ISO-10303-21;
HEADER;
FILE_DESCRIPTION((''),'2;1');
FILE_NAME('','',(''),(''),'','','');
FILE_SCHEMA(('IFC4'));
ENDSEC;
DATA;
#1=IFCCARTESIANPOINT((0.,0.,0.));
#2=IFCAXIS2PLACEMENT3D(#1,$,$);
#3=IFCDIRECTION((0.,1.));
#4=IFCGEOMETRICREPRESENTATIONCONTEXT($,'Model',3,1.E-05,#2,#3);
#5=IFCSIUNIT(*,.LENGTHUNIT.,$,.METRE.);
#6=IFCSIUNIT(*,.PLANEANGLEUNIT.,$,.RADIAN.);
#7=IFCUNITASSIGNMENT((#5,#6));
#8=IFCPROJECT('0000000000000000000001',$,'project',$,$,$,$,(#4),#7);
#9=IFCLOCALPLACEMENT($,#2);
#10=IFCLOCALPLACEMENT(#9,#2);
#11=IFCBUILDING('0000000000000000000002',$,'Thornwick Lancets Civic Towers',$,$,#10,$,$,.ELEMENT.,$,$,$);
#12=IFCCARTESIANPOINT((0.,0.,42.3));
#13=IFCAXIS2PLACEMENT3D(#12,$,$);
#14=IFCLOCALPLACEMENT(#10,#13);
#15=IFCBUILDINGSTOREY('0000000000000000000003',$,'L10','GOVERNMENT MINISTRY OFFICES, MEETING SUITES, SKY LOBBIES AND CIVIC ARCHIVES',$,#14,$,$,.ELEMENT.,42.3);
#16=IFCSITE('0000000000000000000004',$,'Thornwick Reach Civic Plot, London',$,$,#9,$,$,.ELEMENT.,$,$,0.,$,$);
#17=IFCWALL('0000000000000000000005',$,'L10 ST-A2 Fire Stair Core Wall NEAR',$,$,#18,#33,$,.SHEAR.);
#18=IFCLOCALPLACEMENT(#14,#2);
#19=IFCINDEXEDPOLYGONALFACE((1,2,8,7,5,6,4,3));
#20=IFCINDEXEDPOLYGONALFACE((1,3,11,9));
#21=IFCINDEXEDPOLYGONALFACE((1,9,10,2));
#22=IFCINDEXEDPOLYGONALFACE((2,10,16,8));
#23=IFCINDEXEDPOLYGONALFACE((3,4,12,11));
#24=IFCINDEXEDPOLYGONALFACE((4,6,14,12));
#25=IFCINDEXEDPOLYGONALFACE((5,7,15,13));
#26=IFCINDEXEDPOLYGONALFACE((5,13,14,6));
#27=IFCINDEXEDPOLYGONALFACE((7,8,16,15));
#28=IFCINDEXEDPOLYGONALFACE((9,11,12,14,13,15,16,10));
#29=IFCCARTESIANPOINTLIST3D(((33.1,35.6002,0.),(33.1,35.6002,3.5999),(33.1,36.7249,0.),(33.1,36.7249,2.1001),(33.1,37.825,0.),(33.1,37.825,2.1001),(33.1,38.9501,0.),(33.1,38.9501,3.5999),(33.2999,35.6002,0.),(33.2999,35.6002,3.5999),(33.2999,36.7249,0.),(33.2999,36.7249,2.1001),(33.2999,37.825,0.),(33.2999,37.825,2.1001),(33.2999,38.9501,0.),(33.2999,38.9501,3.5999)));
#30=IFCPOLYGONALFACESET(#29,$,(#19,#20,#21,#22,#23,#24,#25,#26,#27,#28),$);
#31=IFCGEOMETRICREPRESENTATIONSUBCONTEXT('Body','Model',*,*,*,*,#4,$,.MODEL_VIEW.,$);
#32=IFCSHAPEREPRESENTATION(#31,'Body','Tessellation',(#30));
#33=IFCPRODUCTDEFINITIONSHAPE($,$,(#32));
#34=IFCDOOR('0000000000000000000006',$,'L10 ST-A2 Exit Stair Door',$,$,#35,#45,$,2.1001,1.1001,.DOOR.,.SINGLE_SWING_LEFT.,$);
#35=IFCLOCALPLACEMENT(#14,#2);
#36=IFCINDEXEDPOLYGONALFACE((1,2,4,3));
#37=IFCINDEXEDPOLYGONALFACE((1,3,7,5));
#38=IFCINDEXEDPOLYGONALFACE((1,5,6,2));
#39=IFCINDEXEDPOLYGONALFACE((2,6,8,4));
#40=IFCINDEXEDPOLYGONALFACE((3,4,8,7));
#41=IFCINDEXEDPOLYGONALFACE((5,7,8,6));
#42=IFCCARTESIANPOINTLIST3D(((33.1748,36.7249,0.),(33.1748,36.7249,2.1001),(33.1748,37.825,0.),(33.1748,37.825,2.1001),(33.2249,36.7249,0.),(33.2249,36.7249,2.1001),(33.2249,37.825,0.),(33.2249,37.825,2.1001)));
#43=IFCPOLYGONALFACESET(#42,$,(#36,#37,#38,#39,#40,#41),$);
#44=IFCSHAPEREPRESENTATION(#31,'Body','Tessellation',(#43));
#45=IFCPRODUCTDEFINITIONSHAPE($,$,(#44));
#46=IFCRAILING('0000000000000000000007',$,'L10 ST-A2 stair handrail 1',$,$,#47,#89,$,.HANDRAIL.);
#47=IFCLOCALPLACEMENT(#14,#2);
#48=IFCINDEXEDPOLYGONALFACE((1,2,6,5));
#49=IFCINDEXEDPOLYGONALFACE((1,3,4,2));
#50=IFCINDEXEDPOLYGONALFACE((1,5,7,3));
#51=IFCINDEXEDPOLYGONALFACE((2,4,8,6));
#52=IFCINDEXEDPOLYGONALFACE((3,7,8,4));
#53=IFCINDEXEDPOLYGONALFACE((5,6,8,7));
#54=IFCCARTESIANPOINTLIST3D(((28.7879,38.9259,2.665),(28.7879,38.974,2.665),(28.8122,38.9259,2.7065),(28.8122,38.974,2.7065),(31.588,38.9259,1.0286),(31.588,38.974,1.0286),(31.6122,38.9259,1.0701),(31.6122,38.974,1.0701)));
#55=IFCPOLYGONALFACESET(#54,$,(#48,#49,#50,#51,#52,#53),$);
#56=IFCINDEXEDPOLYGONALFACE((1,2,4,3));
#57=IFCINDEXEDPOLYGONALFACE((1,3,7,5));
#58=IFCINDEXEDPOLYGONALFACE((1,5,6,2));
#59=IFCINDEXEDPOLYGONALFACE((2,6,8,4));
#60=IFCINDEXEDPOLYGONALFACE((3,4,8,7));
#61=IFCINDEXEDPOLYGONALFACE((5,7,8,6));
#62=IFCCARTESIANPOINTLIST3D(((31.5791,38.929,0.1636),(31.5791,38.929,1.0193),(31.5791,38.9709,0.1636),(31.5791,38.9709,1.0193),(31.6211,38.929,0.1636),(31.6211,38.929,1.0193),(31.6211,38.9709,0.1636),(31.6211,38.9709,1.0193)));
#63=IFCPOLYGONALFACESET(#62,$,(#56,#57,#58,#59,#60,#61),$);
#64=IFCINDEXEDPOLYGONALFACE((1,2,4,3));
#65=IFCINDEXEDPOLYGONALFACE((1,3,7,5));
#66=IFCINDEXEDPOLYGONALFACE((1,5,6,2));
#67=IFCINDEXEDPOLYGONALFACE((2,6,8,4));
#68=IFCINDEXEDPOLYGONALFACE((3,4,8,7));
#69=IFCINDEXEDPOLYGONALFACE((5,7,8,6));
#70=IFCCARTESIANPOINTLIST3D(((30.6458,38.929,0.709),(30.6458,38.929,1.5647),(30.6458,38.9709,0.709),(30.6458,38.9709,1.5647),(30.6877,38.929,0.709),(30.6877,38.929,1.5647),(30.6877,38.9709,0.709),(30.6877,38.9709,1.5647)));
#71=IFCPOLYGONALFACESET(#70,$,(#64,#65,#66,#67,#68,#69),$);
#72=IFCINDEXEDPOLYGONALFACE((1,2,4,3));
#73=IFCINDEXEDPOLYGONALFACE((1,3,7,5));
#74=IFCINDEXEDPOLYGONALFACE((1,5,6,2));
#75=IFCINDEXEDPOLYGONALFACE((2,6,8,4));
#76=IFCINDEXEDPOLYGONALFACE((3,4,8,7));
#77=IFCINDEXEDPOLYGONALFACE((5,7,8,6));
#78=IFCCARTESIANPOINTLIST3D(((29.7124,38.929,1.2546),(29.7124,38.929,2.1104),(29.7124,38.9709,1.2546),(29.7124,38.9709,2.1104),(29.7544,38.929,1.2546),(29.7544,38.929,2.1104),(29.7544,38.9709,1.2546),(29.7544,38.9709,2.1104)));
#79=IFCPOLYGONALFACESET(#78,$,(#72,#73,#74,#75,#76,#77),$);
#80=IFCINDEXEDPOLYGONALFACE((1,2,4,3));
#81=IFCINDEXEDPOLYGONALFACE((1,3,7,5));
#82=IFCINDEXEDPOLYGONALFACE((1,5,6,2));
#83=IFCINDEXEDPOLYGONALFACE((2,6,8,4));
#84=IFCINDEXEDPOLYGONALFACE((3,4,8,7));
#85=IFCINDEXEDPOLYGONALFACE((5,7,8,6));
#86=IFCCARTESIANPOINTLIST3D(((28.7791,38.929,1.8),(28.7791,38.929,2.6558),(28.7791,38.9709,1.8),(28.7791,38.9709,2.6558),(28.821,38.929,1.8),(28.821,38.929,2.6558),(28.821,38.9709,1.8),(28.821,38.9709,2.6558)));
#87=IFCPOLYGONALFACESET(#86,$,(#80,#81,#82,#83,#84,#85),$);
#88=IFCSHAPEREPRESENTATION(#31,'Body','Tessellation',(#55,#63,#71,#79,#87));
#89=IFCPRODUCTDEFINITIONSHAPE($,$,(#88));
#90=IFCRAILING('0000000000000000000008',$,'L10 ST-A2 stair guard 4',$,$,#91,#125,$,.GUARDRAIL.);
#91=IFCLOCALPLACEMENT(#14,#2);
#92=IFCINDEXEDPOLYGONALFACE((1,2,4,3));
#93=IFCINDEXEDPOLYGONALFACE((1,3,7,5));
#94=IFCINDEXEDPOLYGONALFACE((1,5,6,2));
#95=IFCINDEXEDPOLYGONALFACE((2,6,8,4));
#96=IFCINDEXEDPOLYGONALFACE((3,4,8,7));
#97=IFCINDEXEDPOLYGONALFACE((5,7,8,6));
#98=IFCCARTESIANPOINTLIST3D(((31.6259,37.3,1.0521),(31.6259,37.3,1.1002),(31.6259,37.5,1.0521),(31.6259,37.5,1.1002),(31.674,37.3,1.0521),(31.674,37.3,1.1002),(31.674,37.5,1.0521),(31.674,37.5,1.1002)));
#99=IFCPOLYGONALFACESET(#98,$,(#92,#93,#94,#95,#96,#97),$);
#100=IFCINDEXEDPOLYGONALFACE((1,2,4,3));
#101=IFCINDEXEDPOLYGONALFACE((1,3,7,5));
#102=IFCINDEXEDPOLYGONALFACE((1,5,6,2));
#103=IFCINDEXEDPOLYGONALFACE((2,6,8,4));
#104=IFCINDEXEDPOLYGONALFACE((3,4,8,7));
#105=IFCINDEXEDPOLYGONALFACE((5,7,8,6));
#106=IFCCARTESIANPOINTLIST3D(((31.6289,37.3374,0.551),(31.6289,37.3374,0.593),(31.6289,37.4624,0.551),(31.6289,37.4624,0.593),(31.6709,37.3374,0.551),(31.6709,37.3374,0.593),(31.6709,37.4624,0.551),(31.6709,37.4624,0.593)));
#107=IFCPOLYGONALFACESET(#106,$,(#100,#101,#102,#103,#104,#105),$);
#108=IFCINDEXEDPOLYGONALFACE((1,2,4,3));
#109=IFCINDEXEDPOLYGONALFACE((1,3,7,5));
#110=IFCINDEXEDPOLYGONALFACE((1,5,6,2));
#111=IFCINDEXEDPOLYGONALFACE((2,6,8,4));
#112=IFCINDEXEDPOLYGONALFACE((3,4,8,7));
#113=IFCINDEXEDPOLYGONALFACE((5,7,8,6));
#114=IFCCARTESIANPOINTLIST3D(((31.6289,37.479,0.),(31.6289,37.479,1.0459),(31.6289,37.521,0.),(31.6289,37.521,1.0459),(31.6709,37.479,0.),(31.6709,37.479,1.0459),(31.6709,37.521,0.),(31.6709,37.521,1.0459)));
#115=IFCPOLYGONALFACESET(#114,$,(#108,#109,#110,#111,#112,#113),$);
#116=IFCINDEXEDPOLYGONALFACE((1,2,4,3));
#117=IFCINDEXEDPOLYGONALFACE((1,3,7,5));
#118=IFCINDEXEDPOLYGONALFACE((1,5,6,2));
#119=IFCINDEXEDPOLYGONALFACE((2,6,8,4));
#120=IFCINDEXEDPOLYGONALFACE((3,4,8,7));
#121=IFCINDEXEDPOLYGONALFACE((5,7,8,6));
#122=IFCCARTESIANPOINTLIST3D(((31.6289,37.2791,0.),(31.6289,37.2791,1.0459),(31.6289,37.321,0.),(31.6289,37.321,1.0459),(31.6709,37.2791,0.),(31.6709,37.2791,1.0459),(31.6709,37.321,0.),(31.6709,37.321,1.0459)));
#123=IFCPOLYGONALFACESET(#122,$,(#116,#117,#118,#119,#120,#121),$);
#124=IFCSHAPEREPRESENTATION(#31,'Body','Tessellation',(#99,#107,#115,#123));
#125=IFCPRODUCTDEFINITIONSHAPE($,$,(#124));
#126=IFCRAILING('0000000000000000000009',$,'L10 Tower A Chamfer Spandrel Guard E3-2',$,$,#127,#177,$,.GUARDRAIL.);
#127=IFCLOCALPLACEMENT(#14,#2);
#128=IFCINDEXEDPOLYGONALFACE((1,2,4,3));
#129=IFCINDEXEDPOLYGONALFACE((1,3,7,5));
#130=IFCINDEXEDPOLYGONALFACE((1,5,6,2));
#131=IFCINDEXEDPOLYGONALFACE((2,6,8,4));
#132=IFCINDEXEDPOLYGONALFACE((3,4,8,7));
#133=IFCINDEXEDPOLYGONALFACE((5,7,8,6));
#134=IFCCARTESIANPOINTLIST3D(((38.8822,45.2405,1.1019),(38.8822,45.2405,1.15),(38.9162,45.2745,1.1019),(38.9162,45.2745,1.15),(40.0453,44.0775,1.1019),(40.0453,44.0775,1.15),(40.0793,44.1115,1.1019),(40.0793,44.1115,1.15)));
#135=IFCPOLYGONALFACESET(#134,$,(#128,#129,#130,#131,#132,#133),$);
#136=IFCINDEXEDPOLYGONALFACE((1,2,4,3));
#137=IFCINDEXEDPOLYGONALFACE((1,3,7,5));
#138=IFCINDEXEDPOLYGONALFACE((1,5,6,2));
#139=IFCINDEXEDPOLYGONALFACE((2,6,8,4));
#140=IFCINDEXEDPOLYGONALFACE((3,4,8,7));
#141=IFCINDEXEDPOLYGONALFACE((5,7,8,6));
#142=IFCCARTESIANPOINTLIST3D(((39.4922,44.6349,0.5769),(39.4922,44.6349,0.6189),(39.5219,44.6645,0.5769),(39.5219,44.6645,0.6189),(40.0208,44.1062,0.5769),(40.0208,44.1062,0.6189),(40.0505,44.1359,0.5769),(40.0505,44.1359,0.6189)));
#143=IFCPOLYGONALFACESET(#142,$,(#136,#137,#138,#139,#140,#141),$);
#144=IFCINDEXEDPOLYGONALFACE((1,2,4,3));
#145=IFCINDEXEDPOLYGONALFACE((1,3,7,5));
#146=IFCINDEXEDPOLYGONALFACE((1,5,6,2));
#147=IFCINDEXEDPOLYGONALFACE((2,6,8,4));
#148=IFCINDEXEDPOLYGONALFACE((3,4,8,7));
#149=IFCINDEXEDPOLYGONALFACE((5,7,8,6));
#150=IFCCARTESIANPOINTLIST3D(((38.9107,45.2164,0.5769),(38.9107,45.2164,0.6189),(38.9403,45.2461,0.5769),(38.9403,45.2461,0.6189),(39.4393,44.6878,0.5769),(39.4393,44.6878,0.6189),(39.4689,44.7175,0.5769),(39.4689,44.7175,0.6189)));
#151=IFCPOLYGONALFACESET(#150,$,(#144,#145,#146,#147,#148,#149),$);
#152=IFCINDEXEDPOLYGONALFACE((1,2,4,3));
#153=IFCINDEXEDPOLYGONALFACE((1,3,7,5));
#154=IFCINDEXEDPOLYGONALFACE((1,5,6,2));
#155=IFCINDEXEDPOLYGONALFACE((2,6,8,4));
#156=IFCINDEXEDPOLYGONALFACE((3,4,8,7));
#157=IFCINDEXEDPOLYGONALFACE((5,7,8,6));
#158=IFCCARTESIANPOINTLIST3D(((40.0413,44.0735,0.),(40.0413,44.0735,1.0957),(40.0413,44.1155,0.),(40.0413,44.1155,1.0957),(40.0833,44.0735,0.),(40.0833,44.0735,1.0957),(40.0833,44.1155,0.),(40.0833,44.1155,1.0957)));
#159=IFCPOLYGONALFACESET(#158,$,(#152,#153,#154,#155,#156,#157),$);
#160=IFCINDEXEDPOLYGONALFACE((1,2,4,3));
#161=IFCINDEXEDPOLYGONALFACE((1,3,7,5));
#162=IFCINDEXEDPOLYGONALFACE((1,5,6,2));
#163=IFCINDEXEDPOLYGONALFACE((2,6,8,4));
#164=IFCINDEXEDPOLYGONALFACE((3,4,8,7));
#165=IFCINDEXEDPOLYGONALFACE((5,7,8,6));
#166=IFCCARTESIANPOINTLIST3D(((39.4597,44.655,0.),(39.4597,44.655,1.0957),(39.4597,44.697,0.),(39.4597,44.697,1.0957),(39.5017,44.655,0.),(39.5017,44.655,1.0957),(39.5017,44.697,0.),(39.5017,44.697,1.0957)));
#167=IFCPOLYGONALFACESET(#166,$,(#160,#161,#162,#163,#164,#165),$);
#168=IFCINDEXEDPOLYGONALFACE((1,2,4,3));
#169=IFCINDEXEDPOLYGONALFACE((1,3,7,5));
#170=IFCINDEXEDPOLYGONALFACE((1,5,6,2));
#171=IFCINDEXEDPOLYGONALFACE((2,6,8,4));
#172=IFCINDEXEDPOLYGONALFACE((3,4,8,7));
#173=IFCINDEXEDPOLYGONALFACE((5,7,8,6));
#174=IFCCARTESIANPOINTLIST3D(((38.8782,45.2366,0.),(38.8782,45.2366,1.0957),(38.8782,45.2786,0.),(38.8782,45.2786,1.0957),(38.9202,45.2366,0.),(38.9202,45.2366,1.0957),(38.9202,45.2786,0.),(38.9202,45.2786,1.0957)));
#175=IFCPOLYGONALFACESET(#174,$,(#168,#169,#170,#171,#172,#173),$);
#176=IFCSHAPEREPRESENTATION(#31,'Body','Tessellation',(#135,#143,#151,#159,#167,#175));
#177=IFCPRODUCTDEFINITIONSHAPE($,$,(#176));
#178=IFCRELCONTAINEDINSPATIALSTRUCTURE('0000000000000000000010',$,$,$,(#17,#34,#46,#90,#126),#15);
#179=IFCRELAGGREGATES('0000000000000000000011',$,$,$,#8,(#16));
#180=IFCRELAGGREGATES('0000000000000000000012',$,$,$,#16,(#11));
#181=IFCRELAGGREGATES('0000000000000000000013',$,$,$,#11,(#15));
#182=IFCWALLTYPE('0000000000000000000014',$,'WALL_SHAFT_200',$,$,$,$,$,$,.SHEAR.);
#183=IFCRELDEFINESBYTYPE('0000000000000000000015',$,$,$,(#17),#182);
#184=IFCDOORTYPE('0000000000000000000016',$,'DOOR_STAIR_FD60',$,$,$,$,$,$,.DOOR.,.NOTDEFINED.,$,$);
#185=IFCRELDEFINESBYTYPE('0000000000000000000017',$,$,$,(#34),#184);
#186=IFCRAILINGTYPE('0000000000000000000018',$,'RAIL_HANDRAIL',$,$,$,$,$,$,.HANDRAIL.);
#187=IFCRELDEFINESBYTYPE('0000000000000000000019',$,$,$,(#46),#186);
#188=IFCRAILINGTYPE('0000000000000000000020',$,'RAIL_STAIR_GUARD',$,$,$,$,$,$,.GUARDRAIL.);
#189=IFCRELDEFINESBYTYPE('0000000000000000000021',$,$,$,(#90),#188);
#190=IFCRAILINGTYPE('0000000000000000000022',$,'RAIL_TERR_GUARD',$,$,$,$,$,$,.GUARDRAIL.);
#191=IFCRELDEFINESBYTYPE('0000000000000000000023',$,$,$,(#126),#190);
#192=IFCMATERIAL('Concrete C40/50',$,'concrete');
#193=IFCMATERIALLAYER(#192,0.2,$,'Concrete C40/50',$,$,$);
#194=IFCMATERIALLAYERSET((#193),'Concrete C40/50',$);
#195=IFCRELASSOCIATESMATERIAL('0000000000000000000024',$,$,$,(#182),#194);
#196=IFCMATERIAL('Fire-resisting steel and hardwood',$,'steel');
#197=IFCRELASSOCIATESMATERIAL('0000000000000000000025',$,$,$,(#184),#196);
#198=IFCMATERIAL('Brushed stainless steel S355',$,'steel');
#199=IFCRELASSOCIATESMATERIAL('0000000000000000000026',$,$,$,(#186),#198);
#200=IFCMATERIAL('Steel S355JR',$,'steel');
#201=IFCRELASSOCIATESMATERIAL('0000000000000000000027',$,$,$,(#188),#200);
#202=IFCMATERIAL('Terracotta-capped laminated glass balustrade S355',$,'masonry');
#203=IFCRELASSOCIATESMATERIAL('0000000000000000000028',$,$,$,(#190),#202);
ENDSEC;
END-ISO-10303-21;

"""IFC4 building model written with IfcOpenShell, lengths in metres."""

from ifc_helpers import new_model, si_unit, direction, frame, frame_2d, origin, origin_2d, place, context, subcontext, project, spatial, rectangle, extrude, material, layer, layer_set, type_object, element, fill, save


model = new_model("IFC4")

# Units and contexts
model_context = context("Model", 3, precision=1e-05, world=origin(), true_north=direction((0.0, 1.0)))
body_context = subcontext(model_context, "Body", "Model", "MODEL_VIEW")
ifc_project = project(units=[si_unit("LENGTHUNIT", "METRE"), si_unit("PLANEANGLEUNIT", "RADIAN")], contexts=[model_context])

# Site, building, storey
site_placement = place(None, origin())
site = spatial("IfcSite", under=ifc_project, at=site_placement, Name="Thornwick Reach Civic Plot, London", CompositionType="ELEMENT", RefElevation=0.0)
building_placement = place(site_placement, origin())
building = spatial("IfcBuilding", under=site, at=building_placement, Name="Thornwick Lancets Civic Towers", CompositionType="ELEMENT")
storey_placement = place(building_placement, frame((0.0, 0.0, 42.3)))
storey = spatial("IfcBuildingStorey", under=building, at=storey_placement, Name="L10", Description="GOVERNMENT MINISTRY OFFICES, MEETING SUITES, SKY LOBBIES AND CIVIC ARCHIVES", CompositionType="ELEMENT", Elevation=42.3)

# Shared definitions
ifc_material_1 = material(Name="Steel S355JR", Category="steel")

# Wall, opening, door
ifc_material_2 = material(Name="Concrete C40/50", Category="concrete")
ifc_layer_1 = layer(ifc_material_2, 0.2, Name="Concrete C40/50")
ifc_layer_set_1 = layer_set([ifc_layer_1], Name="Concrete C40/50")
wall_type_1 = type_object("IfcWallType", Name="WALL_SHAFT_200", PredefinedType="SHEAR", material=ifc_layer_set_1)
wall_1_placement = place(storey_placement, frame((33.2, 38.95, 0.0), z_axis=(0.0, 0.0, 1.0), x_axis=(0.0, -1.0, 0.0)))
wall_1 = element("IfcWall", 1, at=wall_1_placement, inside=storey, type_object=wall_type_1, Name="L10 ST-A2 Fire Stair Core Wall NEAR", PredefinedType="SHEAR", context=body_context, shape_type="SweptSolid", body=[
    extrude(rectangle(XDim=3.3499, YDim=0.2, at=frame_2d((1.6748, 0.0))), origin(), (0.0, 0.0, 1.0), 3.5999),
])
opening_1_placement = place(wall_1_placement, frame((1.125, 0.0, 0.0)))
opening_1 = element("IfcOpeningElement", 2, at=opening_1_placement, cuts=wall_1, PredefinedType="OPENING", context=body_context, shape_type="SweptSolid", body=[
    extrude(rectangle(XDim=1.1001, YDim=2.1001, at=frame_2d((0.55, 1.05))), frame((0.0, 0.1099, 0.0), z_axis=(0.0, -1.0, 0.0), x_axis=(1.0, 0.0, 0.0)), (0.0, 0.0, 1.0), 0.22),
])
ifc_material_3 = material(Name="Fire-resisting steel and hardwood", Category="steel")
door_type = type_object("IfcDoorType", Name="DOOR_STAIR_FD60", OperationType="NOTDEFINED", PredefinedType="DOOR", material=ifc_material_3)
door_placement = place(opening_1_placement, origin())
door = element("IfcDoor", 3, at=door_placement, inside=storey, type_object=door_type, Name="L10 ST-A2 Exit Stair Door", OperationType="SINGLE_SWING_LEFT", OverallHeight=2.1001, OverallWidth=1.1001, PredefinedType="DOOR", context=body_context, shape_type="SweptSolid", body=[
    extrude(rectangle(XDim=1.1001, YDim=2.1001, at=frame_2d((0.55, 1.05))), frame((0.0, 0.0249, 0.0), z_axis=(0.0, -1.0, 0.0), x_axis=(1.0, 0.0, 0.0)), (0.0, 0.0, 1.0), 0.05),
])
fill(opening_1, door)

# Railings
ifc_material_4 = material(Name="Brushed stainless steel S355", Category="steel")
railing_type_1 = type_object("IfcRailingType", Name="RAIL_HANDRAIL", PredefinedType="HANDRAIL", material=ifc_material_4)
railing_1_placement = place(storey_placement, frame((31.6001, 38.95, 0.1636)))
element("IfcRailing", 4, at=railing_1_placement, inside=storey, type_object=railing_type_1, Name="L10 ST-A2 stair handrail 1", PredefinedType="HANDRAIL", context=body_context, shape_type="SweptSolid", body=[
    extrude(rectangle(XDim=0.0481, YDim=0.0481, at=origin_2d()), frame((0.0, 0.0, 0.8857), z_axis=(-0.863361, 0.0, 0.504587), x_axis=(0.0, -1.0, 0.0)), (0.0, 0.0, 1.0), 3.2432),
    extrude(rectangle(XDim=0.042, YDim=0.042, at=origin_2d()), origin(), (0.0, 0.0, 1.0), 0.8557),
    extrude(rectangle(XDim=0.042, YDim=0.042, at=origin_2d()), frame((-0.9333, 0.0, 0.5454)), (0.0, 0.0, 1.0), 0.8557),
    extrude(rectangle(XDim=0.042, YDim=0.042, at=origin_2d()), frame((-1.8667, 0.0, 1.0911)), (0.0, 0.0, 1.0), 0.8557),
    extrude(rectangle(XDim=0.042, YDim=0.042, at=origin_2d()), frame((-2.8, 0.0, 1.6365)), (0.0, 0.0, 1.0), 0.8557),
])
railing_type_2 = type_object("IfcRailingType", Name="RAIL_STAIR_GUARD", PredefinedType="GUARDRAIL", material=ifc_material_1)
railing_2_placement = place(storey_placement, frame((31.6499, 37.5, 0.0)))
element("IfcRailing", 5, at=railing_2_placement, inside=storey, type_object=railing_type_2, Name="L10 ST-A2 stair guard 4", PredefinedType="GUARDRAIL", context=body_context, shape_type="SweptSolid", body=[
    extrude(rectangle(XDim=0.0481, YDim=0.0481, at=origin_2d()), frame((0.0, 0.0, 1.0762), z_axis=(0.0, -1.0, 0.0), x_axis=(1.0, 0.0, 0.0)), (0.0, 0.0, 1.0), 0.2),
    extrude(rectangle(XDim=0.042, YDim=0.042, at=origin_2d()), frame((0.0, -0.0376, 0.572), z_axis=(0.0, -1.0, 0.0), x_axis=(1.0, 0.0, 0.0)), (0.0, 0.0, 1.0), 0.125),
    extrude(rectangle(XDim=0.042, YDim=0.042, at=origin_2d()), origin(), (0.0, 0.0, 1.0), 1.0459),
    extrude(rectangle(XDim=0.042, YDim=0.042, at=origin_2d()), frame((0.0, -0.2, 0.0)), (0.0, 0.0, 1.0), 1.0459),
])
ifc_material_5 = material(Name="Terracotta-capped laminated glass balustrade S355", Category="masonry")
railing_type_3 = type_object("IfcRailingType", Name="RAIL_TERR_GUARD", PredefinedType="GUARDRAIL", material=ifc_material_5)
railing_3_placement = place(storey_placement, frame((40.0623, 44.0945, 0.0)))
element("IfcRailing", 6, at=railing_3_placement, inside=storey, type_object=railing_type_3, Name="L10 Tower A Chamfer Spandrel Guard E3-2", PredefinedType="GUARDRAIL", context=body_context, shape_type="SweptSolid", body=[
    extrude(rectangle(XDim=0.0481, YDim=0.0481, at=origin_2d()), frame((0.0, 0.0, 1.126), z_axis=(-0.707107, 0.707107, 0.0), x_axis=(-0.707107, -0.707107, 0.0)), (0.0, 0.0, 1.0), 1.6448),
    extrude(rectangle(XDim=0.042, YDim=0.042, at=origin_2d()), frame((-0.0266, 0.0266, 0.5979), z_axis=(-0.707107, 0.707107, 0.0), x_axis=(-0.707107, -0.707107, 0.0)), (0.0, 0.0, 1.0), 0.7476),
    extrude(rectangle(XDim=0.042, YDim=0.042, at=origin_2d()), frame((-0.6082, 0.6082, 0.5979), z_axis=(-0.707107, 0.707107, 0.0), x_axis=(-0.707107, -0.707107, 0.0)), (0.0, 0.0, 1.0), 0.7476),
    extrude(rectangle(XDim=0.042, YDim=0.042, at=origin_2d()), origin(), (0.0, 0.0, 1.0), 1.0957),
    extrude(rectangle(XDim=0.042, YDim=0.042, at=origin_2d()), frame((-0.5815, 0.5815, 0.0)), (0.0, 0.0, 1.0), 1.0957),
    extrude(rectangle(XDim=0.042, YDim=0.042, at=origin_2d()), frame((-1.1631, 1.1631, 0.0)), (0.0, 0.0, 1.0), 1.0957),
])

save(model, "model.ifc")
